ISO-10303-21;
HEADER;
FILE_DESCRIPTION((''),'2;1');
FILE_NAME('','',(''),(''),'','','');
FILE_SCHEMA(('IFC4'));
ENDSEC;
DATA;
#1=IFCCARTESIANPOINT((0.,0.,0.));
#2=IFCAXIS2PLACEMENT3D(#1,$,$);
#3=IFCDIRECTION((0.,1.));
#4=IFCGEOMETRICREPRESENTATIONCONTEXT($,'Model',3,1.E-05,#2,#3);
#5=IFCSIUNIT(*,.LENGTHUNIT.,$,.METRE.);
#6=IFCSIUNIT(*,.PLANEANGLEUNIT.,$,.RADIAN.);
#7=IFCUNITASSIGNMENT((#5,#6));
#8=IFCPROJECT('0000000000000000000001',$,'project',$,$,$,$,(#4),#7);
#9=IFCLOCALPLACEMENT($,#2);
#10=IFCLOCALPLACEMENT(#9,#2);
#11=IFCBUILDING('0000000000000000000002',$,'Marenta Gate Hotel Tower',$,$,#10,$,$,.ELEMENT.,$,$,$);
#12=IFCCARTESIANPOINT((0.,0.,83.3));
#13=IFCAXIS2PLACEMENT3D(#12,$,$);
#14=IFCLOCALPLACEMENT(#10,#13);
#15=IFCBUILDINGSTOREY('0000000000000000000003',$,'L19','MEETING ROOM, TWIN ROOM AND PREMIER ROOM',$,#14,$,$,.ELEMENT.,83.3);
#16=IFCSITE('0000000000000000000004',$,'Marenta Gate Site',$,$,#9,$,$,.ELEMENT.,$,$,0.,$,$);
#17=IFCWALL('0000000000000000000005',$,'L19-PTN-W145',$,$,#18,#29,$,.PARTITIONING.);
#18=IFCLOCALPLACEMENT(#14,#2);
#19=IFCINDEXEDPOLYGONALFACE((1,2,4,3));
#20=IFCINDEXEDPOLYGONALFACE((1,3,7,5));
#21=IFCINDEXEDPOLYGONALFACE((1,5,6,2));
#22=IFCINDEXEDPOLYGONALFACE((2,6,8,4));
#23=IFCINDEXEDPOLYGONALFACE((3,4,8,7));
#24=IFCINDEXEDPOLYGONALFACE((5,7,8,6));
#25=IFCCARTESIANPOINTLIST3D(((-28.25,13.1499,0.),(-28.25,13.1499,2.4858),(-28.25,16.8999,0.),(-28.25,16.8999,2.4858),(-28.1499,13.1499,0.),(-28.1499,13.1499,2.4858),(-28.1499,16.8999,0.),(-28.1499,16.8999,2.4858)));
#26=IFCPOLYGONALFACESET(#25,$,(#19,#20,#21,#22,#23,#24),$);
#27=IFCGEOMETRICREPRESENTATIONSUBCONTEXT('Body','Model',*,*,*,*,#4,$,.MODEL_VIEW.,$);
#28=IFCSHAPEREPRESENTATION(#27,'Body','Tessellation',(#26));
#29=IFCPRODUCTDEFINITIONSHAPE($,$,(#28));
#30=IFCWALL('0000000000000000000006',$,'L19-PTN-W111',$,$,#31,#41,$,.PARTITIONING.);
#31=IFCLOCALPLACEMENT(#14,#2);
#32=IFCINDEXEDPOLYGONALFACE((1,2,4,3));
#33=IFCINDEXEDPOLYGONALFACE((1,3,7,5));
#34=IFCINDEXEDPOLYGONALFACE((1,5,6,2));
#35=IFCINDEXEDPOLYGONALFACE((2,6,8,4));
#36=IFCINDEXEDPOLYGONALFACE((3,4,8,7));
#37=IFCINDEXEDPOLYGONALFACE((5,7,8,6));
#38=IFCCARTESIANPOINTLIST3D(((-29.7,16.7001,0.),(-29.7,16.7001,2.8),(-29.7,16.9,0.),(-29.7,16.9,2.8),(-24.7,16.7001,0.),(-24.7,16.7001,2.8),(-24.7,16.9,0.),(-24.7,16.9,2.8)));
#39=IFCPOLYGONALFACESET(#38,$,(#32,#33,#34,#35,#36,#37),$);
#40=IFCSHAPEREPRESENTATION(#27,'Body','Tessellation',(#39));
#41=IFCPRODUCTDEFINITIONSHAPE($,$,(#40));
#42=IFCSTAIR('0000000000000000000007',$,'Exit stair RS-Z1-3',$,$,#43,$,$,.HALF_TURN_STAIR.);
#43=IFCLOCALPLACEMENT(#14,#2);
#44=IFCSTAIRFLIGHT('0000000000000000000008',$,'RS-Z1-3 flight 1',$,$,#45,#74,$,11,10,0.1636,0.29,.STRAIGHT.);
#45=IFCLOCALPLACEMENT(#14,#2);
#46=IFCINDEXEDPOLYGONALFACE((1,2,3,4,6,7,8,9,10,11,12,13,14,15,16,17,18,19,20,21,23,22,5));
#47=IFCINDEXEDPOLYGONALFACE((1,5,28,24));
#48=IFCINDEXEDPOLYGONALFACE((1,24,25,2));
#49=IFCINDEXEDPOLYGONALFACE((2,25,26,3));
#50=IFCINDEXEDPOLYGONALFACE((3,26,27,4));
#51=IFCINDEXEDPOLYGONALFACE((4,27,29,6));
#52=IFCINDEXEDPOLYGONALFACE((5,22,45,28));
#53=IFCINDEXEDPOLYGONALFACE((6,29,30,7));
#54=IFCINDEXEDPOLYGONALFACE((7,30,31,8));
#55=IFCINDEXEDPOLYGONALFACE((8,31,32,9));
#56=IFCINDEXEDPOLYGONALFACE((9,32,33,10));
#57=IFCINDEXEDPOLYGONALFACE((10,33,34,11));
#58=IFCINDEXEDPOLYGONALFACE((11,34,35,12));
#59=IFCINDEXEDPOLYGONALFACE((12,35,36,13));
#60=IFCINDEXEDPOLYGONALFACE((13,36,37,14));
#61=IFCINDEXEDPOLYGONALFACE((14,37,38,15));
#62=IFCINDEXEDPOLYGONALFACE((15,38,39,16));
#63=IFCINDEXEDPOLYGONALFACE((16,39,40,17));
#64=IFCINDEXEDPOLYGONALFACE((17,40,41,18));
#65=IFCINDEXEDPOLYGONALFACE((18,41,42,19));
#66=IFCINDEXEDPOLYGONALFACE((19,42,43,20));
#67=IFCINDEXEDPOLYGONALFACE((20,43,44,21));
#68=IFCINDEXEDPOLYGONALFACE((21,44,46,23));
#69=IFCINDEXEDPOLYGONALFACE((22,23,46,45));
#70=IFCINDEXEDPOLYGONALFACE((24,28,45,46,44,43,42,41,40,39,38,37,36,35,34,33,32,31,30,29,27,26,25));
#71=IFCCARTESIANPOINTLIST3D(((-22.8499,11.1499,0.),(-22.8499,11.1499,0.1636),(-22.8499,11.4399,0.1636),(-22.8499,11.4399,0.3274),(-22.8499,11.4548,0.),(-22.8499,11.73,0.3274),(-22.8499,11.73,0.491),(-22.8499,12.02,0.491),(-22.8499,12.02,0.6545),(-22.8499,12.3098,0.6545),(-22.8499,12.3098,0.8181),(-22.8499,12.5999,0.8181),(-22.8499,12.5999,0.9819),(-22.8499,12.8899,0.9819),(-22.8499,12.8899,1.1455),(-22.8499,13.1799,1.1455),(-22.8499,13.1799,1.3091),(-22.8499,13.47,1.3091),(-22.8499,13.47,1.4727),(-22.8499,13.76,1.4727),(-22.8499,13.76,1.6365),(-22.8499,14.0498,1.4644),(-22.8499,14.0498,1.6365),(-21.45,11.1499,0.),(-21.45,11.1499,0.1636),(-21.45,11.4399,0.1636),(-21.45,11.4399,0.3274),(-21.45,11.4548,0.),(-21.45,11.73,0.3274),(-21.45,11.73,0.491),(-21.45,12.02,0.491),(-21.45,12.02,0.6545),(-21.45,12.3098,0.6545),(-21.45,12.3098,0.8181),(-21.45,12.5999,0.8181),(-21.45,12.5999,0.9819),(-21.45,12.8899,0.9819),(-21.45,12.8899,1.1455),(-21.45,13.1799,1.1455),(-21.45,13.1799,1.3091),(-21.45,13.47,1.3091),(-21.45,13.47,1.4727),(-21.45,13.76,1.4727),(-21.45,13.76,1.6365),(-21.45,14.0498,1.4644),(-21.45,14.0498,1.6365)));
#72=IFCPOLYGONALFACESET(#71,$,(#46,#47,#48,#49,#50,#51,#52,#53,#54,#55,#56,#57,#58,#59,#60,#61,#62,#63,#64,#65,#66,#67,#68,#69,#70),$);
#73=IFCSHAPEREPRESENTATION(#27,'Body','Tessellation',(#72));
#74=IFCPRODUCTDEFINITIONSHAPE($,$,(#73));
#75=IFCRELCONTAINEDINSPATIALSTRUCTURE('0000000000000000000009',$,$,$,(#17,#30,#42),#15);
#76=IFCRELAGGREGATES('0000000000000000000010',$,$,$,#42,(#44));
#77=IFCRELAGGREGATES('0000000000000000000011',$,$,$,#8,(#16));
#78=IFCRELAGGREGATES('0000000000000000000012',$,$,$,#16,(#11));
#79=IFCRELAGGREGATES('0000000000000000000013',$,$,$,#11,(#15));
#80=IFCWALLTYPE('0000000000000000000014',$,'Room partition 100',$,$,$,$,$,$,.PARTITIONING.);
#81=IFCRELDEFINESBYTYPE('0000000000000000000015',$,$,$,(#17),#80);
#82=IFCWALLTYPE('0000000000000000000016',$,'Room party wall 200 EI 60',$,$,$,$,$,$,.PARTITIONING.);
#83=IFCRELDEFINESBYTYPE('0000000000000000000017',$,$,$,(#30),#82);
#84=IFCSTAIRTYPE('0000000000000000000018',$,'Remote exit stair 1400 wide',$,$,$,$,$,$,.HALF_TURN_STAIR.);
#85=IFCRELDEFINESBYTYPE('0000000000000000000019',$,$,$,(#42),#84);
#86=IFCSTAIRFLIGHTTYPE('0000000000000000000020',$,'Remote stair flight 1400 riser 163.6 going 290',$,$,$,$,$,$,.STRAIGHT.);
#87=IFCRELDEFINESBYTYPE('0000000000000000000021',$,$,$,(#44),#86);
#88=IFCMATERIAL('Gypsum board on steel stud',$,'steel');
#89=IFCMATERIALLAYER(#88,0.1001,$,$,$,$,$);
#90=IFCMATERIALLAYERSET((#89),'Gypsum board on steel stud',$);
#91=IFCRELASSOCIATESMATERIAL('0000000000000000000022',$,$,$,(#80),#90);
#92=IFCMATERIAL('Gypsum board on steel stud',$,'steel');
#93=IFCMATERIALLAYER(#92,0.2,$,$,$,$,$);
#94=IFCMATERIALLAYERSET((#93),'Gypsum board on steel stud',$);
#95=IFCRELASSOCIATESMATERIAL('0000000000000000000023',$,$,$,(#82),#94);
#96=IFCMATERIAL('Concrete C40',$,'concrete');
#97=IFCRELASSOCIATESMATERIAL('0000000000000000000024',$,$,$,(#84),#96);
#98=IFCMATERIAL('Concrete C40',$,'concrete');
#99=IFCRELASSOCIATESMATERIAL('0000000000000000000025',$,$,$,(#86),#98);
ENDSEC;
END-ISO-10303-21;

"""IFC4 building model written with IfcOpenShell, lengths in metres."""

from ifc_helpers import new_model, si_unit, direction, frame, frame_2d, origin, place, context, subcontext, project, spatial, polyline, rectangle, outline, extrude, material, layer, layer_set, type_object, element, aggregate, save


model = new_model("IFC4")

# Units and contexts
model_context = context("Model", 3, precision=1e-05, world=origin(), true_north=direction((0.0, 1.0)))
body_context = subcontext(model_context, "Body", "Model", "MODEL_VIEW")
ifc_project = project(units=[si_unit("LENGTHUNIT", "METRE"), si_unit("PLANEANGLEUNIT", "RADIAN")], contexts=[model_context])

# Site, building, storey
site_placement = place(None, origin())
site = spatial("IfcSite", under=ifc_project, at=site_placement, Name="Marenta Gate Site", CompositionType="ELEMENT", RefElevation=0.0)
building_placement = place(site_placement, origin())
building = spatial("IfcBuilding", under=site, at=building_placement, Name="Marenta Gate Hotel Tower", CompositionType="ELEMENT")
storey_placement = place(building_placement, frame((0.0, 0.0, 83.3)))
storey = spatial("IfcBuildingStorey", under=building, at=storey_placement, Name="L19", Description="MEETING ROOM, TWIN ROOM AND PREMIER ROOM", CompositionType="ELEMENT", Elevation=83.3)

# Shared definitions
ifc_material_1 = material(Name="Gypsum board on steel stud", Category="steel")
ifc_layer_1 = layer(ifc_material_1, 0.1001)
ifc_layer_set_1 = layer_set([ifc_layer_1], Name="Gypsum board on steel stud")
wall_type_1 = type_object("IfcWallType", Name="Room partition 100", PredefinedType="PARTITIONING", material=ifc_layer_set_1)

# Walls
wall_1_placement = place(storey_placement, frame((-28.2, 13.1499, 0.0), z_axis=(0.0, 0.0, 1.0), x_axis=(0.0, 1.0, 0.0)))
element("IfcWall", 1, at=wall_1_placement, inside=storey, type_object=wall_type_1, Name="L19-PTN-W145", PredefinedType="PARTITIONING", context=body_context, shape_type="SweptSolid", body=[
    extrude(rectangle(XDim=3.75, YDim=0.1001, at=frame_2d((1.875, 0.0))), origin(), (0.0, 0.0, 1.0), 2.4858),
])
ifc_material_2 = material(Name="Gypsum board on steel stud", Category="steel")
ifc_layer_2 = layer(ifc_material_2, 0.2)
ifc_layer_set_2 = layer_set([ifc_layer_2], Name="Gypsum board on steel stud")
wall_type_2 = type_object("IfcWallType", Name="Room party wall 200 EI 60", PredefinedType="PARTITIONING", material=ifc_layer_set_2)
wall_2_placement = place(storey_placement, frame((-29.7, 16.8, 0.0), z_axis=(0.0, 0.0, 1.0), x_axis=(1.0, 0.0, 0.0)))
element("IfcWall", 2, at=wall_2_placement, inside=storey, type_object=wall_type_2, Name="L19-PTN-W111", PredefinedType="PARTITIONING", context=body_context, shape_type="SweptSolid", body=[
    extrude(rectangle(XDim=5.0, YDim=0.2, at=frame_2d((2.5, 0.0))), origin(), (0.0, 0.0, 1.0), 2.8),
])

# Stair, stair flight
ifc_material_3 = material(Name="Concrete C40", Category="concrete")
stair_type = type_object("IfcStairType", Name="Remote exit stair 1400 wide", PredefinedType="HALF_TURN_STAIR", material=ifc_material_3)
stair_placement = place(storey_placement, origin())
stair = element("IfcStair", 3, at=stair_placement, inside=storey, type_object=stair_type, Name="Exit stair RS-Z1-3", PredefinedType="HALF_TURN_STAIR")
ifc_material_4 = material(Name="Concrete C40", Category="concrete")
stair_flight_type = type_object("IfcStairFlightType", Name="Remote stair flight 1400 riser 163.6 going 290", PredefinedType="STRAIGHT", material=ifc_material_4)
stair_flight_placement = place(storey_placement, frame((-22.1499, 11.1499, 0.0), z_axis=(0.0, 0.0, 1.0), x_axis=(0.0, 1.0, 0.0)))
stair_flight = element("IfcStairFlight", 4, at=stair_flight_placement, type_object=stair_flight_type, Name="RS-Z1-3 flight 1", NumberOfRisers=11, NumberOfTreads=10, PredefinedType="STRAIGHT", RiserHeight=0.1636, TreadLength=0.29, context=body_context, shape_type="SweptSolid", body=[
    extrude(outline(polyline([(0.0, 0.0), (0.0, 0.1636), (0.29, 0.1636), (0.29, 0.3274), (0.5801, 0.3274), (0.5801, 0.491), (0.8701, 0.491), (0.8701, 0.6545), (1.1599, 0.6545), (1.1599, 0.8181), (1.45, 0.8181), (1.45, 0.9819), (1.74, 0.9819), (1.74, 1.1455), (2.03, 1.1455), (2.03, 1.3091), (2.3201, 1.3091), (2.3201, 1.4727), (2.6101, 1.4727), (2.6101, 1.6365), (2.8999, 1.6365), (2.8999, 1.8), (2.8999, 1.4644), (0.3049, 0.0), (0.0, 0.0)])), frame((0.0, 0.7, 0.0), z_axis=(0.0, -1.0, 0.0), x_axis=(1.0, 0.0, 0.0)), (0.0, 0.0, 1.0), 1.3999),
])
aggregate(stair, [stair_flight])

save(model, "model.ifc")
